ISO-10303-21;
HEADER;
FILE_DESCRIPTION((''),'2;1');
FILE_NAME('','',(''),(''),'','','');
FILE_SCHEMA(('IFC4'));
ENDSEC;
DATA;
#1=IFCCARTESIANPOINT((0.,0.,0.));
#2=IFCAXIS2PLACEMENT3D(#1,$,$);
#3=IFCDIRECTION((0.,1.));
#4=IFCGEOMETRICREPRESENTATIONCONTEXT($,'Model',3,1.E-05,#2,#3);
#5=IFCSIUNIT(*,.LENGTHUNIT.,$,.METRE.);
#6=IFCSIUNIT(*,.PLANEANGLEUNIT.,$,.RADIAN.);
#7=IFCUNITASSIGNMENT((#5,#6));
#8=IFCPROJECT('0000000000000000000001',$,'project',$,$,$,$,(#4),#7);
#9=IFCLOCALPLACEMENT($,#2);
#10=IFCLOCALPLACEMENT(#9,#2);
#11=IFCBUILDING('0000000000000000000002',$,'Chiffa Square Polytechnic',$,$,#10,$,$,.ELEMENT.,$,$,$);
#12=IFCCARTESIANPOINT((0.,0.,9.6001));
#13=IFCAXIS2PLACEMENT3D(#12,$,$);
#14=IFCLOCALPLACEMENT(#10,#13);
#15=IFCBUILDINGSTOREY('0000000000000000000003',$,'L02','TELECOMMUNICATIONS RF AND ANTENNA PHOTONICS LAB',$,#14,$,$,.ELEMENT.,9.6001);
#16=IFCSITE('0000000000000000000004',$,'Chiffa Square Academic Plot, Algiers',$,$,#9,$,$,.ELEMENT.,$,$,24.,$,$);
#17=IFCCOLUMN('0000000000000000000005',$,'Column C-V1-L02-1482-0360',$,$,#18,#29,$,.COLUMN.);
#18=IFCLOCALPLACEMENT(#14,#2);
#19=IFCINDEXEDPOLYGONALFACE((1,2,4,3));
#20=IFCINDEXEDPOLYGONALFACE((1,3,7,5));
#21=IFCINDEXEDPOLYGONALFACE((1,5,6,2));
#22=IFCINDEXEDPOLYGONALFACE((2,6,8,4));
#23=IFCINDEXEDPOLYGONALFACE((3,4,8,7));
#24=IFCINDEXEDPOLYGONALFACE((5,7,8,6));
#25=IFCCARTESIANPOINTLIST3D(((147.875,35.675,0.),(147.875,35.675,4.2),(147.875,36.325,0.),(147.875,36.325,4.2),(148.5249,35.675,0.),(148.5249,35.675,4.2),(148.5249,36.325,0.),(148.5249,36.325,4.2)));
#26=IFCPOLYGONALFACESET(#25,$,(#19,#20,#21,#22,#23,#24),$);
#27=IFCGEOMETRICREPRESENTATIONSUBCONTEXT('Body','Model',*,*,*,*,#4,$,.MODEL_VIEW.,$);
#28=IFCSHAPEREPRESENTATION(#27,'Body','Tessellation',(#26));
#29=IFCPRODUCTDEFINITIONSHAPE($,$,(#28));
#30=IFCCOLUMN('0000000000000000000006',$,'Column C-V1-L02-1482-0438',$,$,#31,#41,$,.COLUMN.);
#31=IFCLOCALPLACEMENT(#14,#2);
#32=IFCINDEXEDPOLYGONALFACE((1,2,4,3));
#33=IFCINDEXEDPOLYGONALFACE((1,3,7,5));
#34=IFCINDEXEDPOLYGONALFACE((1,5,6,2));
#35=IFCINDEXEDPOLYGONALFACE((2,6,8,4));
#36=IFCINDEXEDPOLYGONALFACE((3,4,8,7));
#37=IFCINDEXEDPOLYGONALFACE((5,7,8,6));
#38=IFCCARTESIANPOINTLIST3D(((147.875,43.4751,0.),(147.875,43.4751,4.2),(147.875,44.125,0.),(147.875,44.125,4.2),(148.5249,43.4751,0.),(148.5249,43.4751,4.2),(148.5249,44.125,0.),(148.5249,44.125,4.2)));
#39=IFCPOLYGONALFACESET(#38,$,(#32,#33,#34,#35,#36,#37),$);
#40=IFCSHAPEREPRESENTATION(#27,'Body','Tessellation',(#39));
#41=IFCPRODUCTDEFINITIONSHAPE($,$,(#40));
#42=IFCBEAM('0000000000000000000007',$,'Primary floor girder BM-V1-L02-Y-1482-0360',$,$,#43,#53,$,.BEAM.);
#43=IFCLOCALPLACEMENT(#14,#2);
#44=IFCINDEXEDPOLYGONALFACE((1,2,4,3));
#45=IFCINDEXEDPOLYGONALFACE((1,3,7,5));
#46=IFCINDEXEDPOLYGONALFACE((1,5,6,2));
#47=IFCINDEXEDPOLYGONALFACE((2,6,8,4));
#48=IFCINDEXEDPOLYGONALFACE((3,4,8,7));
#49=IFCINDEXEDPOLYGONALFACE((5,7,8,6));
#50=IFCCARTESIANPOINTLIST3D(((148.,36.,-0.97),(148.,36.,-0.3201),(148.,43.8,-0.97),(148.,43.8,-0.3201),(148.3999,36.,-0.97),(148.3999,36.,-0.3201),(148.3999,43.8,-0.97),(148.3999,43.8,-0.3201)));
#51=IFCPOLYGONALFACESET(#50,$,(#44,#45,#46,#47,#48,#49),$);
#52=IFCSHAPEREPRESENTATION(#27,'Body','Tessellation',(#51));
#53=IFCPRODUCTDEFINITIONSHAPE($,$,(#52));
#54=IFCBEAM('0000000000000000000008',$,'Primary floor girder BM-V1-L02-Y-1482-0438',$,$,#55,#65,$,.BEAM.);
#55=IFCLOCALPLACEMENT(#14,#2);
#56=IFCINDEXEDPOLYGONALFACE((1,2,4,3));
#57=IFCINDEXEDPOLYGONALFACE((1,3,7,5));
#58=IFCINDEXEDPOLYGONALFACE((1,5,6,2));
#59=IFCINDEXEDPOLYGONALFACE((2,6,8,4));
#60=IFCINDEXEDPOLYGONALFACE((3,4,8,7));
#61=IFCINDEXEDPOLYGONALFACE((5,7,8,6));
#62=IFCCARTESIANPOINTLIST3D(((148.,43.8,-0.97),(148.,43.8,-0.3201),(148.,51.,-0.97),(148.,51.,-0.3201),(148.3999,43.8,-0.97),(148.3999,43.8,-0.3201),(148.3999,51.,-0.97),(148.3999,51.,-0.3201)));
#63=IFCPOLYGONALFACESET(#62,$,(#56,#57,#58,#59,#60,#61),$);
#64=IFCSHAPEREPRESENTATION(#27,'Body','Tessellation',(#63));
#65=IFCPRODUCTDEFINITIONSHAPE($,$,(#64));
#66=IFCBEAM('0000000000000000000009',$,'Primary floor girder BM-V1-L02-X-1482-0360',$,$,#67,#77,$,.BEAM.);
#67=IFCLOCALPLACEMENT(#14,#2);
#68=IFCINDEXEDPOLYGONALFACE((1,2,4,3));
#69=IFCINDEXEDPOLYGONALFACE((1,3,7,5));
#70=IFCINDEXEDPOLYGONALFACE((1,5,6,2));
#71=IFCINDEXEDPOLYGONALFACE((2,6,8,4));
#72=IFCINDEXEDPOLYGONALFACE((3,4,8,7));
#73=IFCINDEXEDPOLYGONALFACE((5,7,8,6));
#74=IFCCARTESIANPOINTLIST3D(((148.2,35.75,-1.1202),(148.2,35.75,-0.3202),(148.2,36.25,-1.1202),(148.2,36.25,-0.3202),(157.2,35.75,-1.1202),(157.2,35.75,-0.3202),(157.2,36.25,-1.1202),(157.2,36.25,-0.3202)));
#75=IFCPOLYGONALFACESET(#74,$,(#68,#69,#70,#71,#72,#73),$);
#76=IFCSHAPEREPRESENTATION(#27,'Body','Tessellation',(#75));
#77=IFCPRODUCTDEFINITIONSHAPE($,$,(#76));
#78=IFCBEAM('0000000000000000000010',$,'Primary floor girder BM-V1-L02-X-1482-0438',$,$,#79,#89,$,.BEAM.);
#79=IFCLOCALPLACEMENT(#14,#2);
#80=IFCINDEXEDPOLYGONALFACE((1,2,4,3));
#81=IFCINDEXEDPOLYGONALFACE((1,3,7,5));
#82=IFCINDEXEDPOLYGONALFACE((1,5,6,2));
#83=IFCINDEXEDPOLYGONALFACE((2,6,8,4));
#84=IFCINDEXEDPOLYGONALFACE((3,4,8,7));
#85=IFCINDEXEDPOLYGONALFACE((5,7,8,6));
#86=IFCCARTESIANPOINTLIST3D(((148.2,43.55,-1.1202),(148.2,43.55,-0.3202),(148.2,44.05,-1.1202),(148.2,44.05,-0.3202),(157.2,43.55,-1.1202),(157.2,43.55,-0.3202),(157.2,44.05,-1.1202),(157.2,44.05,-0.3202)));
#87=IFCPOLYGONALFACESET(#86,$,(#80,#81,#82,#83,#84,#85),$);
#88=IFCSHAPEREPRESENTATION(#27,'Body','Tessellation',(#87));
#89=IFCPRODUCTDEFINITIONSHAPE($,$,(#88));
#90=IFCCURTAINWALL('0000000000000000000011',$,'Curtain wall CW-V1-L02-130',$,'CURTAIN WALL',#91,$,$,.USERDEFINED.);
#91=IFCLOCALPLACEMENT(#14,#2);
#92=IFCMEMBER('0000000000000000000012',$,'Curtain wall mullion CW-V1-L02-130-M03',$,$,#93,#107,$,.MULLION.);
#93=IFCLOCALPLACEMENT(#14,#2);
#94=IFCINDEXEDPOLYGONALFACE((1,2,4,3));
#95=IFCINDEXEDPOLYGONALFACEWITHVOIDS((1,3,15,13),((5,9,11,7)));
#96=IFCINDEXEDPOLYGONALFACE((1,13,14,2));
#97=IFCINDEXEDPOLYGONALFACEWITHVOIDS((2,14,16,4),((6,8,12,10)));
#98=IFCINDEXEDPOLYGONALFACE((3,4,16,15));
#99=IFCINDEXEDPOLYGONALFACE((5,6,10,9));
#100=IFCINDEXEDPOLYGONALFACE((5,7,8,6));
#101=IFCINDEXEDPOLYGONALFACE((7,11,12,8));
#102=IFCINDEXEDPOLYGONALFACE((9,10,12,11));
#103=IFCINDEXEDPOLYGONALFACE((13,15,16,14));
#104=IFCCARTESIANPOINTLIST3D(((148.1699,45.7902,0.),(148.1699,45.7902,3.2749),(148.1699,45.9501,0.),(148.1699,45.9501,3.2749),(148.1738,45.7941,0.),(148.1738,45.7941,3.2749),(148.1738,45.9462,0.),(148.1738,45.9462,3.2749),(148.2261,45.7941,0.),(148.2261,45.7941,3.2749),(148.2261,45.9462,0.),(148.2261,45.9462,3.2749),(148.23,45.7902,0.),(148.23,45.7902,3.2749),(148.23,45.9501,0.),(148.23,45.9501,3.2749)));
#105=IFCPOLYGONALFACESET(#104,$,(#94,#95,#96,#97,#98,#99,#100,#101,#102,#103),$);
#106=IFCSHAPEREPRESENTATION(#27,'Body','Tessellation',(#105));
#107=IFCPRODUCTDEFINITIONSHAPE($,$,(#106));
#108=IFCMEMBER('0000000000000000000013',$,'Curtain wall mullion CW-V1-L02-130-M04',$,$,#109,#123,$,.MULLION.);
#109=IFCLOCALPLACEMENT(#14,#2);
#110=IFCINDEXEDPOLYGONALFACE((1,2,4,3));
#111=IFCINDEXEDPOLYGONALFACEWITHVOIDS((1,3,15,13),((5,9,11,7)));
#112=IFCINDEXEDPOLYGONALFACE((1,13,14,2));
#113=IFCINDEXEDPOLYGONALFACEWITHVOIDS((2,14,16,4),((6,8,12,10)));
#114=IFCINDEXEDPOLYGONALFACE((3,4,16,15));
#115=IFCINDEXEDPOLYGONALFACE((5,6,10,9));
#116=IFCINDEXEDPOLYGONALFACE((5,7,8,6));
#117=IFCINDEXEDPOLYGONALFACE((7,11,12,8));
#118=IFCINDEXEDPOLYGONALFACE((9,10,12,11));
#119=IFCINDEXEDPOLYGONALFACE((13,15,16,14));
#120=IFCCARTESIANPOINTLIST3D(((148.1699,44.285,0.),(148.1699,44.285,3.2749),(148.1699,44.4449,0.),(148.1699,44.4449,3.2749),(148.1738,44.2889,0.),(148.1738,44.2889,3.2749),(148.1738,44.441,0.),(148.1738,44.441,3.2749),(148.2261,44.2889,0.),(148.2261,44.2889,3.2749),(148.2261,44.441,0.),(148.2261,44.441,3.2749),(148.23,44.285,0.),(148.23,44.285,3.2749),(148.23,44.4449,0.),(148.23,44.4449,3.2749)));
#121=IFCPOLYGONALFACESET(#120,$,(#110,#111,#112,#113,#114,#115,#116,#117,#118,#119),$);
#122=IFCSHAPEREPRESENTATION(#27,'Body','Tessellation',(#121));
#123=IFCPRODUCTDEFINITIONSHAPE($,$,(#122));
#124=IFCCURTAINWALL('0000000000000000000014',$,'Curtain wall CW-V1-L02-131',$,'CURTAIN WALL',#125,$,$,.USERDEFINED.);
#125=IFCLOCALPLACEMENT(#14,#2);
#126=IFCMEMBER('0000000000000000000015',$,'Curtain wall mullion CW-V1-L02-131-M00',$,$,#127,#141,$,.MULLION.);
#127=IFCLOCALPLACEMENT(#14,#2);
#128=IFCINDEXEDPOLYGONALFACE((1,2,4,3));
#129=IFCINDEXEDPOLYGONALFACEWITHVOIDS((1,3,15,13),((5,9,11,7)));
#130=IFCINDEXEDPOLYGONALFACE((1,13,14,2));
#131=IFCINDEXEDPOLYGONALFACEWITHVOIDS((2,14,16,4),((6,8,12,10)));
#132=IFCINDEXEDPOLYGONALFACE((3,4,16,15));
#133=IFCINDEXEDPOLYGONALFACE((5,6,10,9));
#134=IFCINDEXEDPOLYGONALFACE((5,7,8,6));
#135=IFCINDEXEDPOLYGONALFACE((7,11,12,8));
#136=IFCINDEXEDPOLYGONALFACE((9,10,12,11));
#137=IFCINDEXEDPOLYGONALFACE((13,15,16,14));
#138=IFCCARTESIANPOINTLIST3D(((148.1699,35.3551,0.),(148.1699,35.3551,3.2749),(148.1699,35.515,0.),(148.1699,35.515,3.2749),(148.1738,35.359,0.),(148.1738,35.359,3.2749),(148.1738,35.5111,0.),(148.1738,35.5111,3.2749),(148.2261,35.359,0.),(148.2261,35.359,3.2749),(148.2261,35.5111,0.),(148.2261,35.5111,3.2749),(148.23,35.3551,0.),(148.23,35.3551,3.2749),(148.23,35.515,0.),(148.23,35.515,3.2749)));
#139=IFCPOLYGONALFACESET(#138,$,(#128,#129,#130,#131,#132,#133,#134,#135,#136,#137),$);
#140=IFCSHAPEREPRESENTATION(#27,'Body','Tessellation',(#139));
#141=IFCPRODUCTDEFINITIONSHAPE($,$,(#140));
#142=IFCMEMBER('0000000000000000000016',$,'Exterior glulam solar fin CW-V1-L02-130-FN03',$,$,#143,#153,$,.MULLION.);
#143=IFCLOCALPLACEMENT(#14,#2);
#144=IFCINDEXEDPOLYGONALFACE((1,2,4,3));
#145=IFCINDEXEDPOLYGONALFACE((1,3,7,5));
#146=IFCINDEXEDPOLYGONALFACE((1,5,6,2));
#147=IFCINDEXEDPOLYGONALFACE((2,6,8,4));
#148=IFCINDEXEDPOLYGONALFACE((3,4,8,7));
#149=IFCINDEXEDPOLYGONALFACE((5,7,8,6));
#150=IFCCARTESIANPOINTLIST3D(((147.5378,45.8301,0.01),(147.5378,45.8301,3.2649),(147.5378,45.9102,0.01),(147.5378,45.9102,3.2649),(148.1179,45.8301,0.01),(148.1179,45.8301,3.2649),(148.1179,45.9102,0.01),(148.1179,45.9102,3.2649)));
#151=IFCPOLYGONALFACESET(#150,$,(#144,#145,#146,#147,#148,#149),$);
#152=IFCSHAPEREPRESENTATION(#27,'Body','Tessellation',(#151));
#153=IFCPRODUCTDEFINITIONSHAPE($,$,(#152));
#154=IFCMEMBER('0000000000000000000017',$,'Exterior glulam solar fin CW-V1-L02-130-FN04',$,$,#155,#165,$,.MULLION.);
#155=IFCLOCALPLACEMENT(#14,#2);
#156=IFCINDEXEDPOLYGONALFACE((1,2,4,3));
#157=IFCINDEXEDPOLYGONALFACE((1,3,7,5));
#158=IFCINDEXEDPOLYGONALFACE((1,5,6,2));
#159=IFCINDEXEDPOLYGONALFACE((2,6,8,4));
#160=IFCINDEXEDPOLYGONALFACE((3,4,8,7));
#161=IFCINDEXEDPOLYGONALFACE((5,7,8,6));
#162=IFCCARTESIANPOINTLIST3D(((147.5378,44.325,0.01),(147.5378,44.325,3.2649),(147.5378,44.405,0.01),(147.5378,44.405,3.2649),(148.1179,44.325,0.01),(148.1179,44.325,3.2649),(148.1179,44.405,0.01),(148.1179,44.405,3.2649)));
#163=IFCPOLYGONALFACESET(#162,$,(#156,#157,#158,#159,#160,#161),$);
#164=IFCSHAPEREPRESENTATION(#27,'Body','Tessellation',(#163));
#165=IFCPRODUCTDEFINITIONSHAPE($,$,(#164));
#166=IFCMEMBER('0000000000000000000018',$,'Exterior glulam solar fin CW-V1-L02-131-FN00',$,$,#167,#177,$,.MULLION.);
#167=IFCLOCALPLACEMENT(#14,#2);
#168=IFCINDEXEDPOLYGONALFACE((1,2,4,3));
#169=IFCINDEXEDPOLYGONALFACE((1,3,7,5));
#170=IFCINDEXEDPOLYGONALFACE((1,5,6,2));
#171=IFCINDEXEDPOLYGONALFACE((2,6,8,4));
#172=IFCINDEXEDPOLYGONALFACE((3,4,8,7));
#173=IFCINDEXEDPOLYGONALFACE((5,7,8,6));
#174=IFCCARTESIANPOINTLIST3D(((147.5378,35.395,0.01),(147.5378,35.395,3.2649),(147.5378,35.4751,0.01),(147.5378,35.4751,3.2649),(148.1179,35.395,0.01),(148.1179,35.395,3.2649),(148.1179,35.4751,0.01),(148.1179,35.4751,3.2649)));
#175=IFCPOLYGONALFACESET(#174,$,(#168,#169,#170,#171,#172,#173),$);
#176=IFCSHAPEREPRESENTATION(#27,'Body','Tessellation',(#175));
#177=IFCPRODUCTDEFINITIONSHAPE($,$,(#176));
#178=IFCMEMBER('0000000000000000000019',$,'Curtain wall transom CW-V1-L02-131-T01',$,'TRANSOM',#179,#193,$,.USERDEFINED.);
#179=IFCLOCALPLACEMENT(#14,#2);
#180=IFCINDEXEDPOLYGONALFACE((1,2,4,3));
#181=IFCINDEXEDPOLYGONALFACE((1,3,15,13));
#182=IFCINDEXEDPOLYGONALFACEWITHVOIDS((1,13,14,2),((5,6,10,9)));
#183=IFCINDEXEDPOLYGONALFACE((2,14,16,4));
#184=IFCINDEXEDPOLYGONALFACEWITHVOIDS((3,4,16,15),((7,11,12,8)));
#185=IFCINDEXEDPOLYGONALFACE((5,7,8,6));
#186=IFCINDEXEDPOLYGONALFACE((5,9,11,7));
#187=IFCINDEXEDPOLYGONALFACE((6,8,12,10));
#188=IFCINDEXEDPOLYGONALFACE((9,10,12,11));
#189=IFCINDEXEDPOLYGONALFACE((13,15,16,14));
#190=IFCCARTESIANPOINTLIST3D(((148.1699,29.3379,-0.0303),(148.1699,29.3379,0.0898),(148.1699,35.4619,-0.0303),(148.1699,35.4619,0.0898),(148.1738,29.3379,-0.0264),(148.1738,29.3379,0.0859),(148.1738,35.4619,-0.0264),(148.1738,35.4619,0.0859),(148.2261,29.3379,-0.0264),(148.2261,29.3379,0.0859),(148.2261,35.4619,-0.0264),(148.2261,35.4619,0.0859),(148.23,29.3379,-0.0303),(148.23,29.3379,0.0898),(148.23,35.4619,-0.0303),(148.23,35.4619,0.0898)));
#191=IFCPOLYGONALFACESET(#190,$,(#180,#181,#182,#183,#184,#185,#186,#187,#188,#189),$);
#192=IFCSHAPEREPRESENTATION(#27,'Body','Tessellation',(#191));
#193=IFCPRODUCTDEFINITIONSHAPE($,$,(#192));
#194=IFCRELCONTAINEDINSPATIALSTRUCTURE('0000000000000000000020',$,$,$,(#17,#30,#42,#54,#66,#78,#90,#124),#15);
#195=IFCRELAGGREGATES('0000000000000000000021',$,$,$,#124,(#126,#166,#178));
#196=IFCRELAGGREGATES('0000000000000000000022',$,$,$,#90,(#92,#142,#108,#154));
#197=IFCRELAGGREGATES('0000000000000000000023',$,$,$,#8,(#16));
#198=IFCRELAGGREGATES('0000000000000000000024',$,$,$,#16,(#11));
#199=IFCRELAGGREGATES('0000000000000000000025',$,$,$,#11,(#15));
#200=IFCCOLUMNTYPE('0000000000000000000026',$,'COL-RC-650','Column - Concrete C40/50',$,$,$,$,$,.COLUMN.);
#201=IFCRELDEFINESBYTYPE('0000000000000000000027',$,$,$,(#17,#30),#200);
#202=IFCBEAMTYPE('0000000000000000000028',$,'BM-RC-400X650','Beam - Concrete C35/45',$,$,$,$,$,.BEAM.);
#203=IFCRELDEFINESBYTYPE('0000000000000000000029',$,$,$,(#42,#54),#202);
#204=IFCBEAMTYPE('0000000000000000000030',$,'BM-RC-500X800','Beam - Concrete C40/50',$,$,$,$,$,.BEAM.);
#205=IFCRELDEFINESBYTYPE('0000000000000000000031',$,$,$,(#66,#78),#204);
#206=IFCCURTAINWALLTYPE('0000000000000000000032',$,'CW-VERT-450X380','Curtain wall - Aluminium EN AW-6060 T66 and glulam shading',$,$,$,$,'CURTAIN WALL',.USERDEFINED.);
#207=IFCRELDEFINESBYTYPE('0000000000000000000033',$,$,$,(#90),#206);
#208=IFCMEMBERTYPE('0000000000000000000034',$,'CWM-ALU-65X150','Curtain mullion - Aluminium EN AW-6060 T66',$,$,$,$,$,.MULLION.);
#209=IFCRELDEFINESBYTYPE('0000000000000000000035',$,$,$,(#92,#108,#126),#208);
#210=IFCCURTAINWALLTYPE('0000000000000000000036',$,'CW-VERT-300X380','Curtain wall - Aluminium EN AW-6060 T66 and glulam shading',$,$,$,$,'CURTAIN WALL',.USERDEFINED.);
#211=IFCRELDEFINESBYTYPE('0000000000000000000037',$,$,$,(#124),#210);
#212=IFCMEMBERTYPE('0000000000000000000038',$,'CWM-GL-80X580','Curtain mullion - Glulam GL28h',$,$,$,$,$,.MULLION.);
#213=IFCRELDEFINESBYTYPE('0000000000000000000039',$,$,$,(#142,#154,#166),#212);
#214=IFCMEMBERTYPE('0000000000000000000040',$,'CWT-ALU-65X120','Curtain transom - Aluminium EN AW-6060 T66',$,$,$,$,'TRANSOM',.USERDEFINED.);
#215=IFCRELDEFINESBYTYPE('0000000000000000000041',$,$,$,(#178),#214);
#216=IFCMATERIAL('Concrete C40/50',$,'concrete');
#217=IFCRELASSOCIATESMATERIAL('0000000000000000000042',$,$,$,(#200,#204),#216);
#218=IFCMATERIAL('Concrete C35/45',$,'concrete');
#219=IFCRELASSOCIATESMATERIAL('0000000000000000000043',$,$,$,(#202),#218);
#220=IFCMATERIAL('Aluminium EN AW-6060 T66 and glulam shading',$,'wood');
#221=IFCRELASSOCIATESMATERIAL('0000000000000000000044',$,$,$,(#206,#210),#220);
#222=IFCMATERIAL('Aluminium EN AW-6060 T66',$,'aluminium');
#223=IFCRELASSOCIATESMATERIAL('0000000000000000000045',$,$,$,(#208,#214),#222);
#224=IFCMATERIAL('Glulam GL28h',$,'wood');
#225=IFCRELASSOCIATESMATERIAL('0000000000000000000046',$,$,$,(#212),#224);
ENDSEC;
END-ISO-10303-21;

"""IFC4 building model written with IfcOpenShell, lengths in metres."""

from ifc_helpers import new_model, si_unit, direction, frame, origin, origin_2d, place, context, subcontext, project, spatial, rectangle, hollow_rectangle, extrude, material, material_profile, profile_set, type_object, element, aggregate, save


model = new_model("IFC4")

# Units and contexts
model_context = context("Model", 3, precision=1e-05, world=origin(), true_north=direction((0.0, 1.0)))
body_context = subcontext(model_context, "Body", "Model", "MODEL_VIEW")
ifc_project = project(units=[si_unit("LENGTHUNIT", "METRE"), si_unit("PLANEANGLEUNIT", "RADIAN")], contexts=[model_context])

# Site, building, storey
site_placement = place(None, origin())
site = spatial("IfcSite", under=ifc_project, at=site_placement, Name="Chiffa Square Academic Plot, Algiers", CompositionType="ELEMENT", RefElevation=24.0)
building_placement = place(site_placement, origin())
building = spatial("IfcBuilding", under=site, at=building_placement, Name="Chiffa Square Polytechnic", CompositionType="ELEMENT")
storey_placement = place(building_placement, frame((0.0, 0.0, 9.6001)))
storey = spatial("IfcBuildingStorey", under=building, at=storey_placement, Name="L02", Description="TELECOMMUNICATIONS RF AND ANTENNA PHOTONICS LAB", CompositionType="ELEMENT", Elevation=9.6001)

# Columns
ifc_material_1 = material(Name="Concrete C40/50", Category="concrete")
ifc_material_profile_1 = material_profile(ifc_material_1, rectangle(XDim=0.6499, YDim=0.6499, at=origin_2d()), Name="RC 650x650")
ifc_profile_set_1 = profile_set([ifc_material_profile_1], Name="Concrete C40/50")
column_type = type_object("IfcColumnType", Name="COL-RC-650", Description="Column - Concrete C40/50", PredefinedType="COLUMN", material=ifc_profile_set_1)
for number, where, z_axis, x_axis, name in (
    (1, (148.2, 36.0, 0.0), (0.0, 0.0, 1.0), (1.0, 0.0, 0.0), "Column C-V1-L02-1482-0360"),
    (2, (148.2, 43.8, 0.0), (0.0, 0.0, 1.0), (1.0, 0.0, 0.0), "Column C-V1-L02-1482-0438"),
):
    element("IfcColumn", number, at=place(storey_placement, frame(where, z_axis=z_axis, x_axis=x_axis)), inside=storey, type_object=column_type, Name=name, PredefinedType="COLUMN", context=body_context, shape_type="SweptSolid", body=[
        extrude(rectangle(XDim=0.6499, YDim=0.6499, at=origin_2d()), origin(), (0.0, 0.0, 1.0), 4.2),
    ])

# Beams
ifc_material_2 = material(Name="Concrete C35/45", Category="concrete")
ifc_material_profile_2 = material_profile(ifc_material_2, rectangle(XDim=0.3999, YDim=0.6499, at=origin_2d()), Name="RC 400x650")
ifc_profile_set_2 = profile_set([ifc_material_profile_2], Name="Concrete C35/45")
beam_type_1 = type_object("IfcBeamType", Name="BM-RC-400X650", Description="Beam - Concrete C35/45", PredefinedType="BEAM", material=ifc_profile_set_2)
beam_1_placement = place(storey_placement, frame((148.2, 36.0, -0.645), z_axis=(0.0, 1.0, 0.0), x_axis=(-1.0, 0.0, 0.0)))
element("IfcBeam", 3, at=beam_1_placement, inside=storey, type_object=beam_type_1, Name="Primary floor girder BM-V1-L02-Y-1482-0360", PredefinedType="BEAM", context=body_context, shape_type="SweptSolid", body=[
    extrude(rectangle(XDim=0.3999, YDim=0.6499, at=origin_2d()), origin(), (0.0, 0.0, 1.0), 7.8),
])
beam_2_placement = place(storey_placement, frame((148.2, 43.8, -0.645), z_axis=(0.0, 1.0, 0.0), x_axis=(-1.0, 0.0, 0.0)))
element("IfcBeam", 4, at=beam_2_placement, inside=storey, type_object=beam_type_1, Name="Primary floor girder BM-V1-L02-Y-1482-0438", PredefinedType="BEAM", context=body_context, shape_type="SweptSolid", body=[
    extrude(rectangle(XDim=0.3999, YDim=0.6499, at=origin_2d()), origin(), (0.0, 0.0, 1.0), 7.2),
])
ifc_material_profile_3 = material_profile(ifc_material_1, rectangle(XDim=0.5, YDim=0.8, at=origin_2d()), Name="RC 500x800")
ifc_profile_set_3 = profile_set([ifc_material_profile_3], Name="Concrete C40/50")
beam_type_2 = type_object("IfcBeamType", Name="BM-RC-500X800", Description="Beam - Concrete C40/50", PredefinedType="BEAM", material=ifc_profile_set_3)
for number, where, z_axis, x_axis, name in (
    (5, (148.2, 36.0, -0.7202), (1.0, 0.0, 0.0), (0.0, 1.0, 0.0), "Primary floor girder BM-V1-L02-X-1482-0360"),
    (6, (148.2, 43.8, -0.7202), (1.0, 0.0, 0.0), (0.0, 1.0, 0.0), "Primary floor girder BM-V1-L02-X-1482-0438"),
):
    element("IfcBeam", number, at=place(storey_placement, frame(where, z_axis=z_axis, x_axis=x_axis)), inside=storey, type_object=beam_type_2, Name=name, PredefinedType="BEAM", context=body_context, shape_type="SweptSolid", body=[
        extrude(rectangle(XDim=0.5, YDim=0.8, at=origin_2d()), origin(), (0.0, 0.0, 1.0), 9.0),
    ])

# Curtain wall, members
ifc_material_3 = material(Name="Aluminium EN AW-6060 T66 and glulam shading", Category="wood")
curtain_wall_type_1 = type_object("IfcCurtainWallType", Name="CW-VERT-450X380", Description="Curtain wall - Aluminium EN AW-6060 T66 and glulam shading", ElementType="CURTAIN WALL", PredefinedType="USERDEFINED", material=ifc_material_3)
curtain_wall_1_placement = place(storey_placement, origin())
curtain_wall_1 = element("IfcCurtainWall", 7, at=curtain_wall_1_placement, inside=storey, type_object=curtain_wall_type_1, Name="Curtain wall CW-V1-L02-130", ObjectType="CURTAIN WALL", PredefinedType="USERDEFINED")
ifc_material_4 = material(Name="Aluminium EN AW-6060 T66", Category="aluminium")
ifc_material_profile_4 = material_profile(ifc_material_4, hollow_rectangle(XDim=0.0601, YDim=0.1599, WallThickness=0.0039, at=origin_2d()), Name="ALU 60x160x4")
ifc_profile_set_4 = profile_set([ifc_material_profile_4], Name="Aluminium EN AW-6060 T66")
member_type_1 = type_object("IfcMemberType", Name="CWM-ALU-65X150", Description="Curtain mullion - Aluminium EN AW-6060 T66", PredefinedType="MULLION", material=ifc_profile_set_4)
member_1_placement = place(storey_placement, frame((148.2, 45.8701, 0.0), z_axis=(0.0, 0.0, 1.0), x_axis=(1.0, 0.0, 0.0)))
member_1 = element("IfcMember", 8, at=member_1_placement, type_object=member_type_1, Name="Curtain wall mullion CW-V1-L02-130-M03", PredefinedType="MULLION", context=body_context, shape_type="SweptSolid", body=[
    extrude(hollow_rectangle(XDim=0.0601, YDim=0.1599, WallThickness=0.0039, at=origin_2d()), origin(), (0.0, 0.0, 1.0), 3.2749),
])
member_2_placement = place(storey_placement, frame((148.2, 44.365, 0.0), z_axis=(0.0, 0.0, 1.0), x_axis=(1.0, 0.0, 0.0)))
member_2 = element("IfcMember", 9, at=member_2_placement, type_object=member_type_1, Name="Curtain wall mullion CW-V1-L02-130-M04", PredefinedType="MULLION", context=body_context, shape_type="SweptSolid", body=[
    extrude(hollow_rectangle(XDim=0.0601, YDim=0.1599, WallThickness=0.0039, at=origin_2d()), origin(), (0.0, 0.0, 1.0), 3.2749),
])

# Curtain wall, member
curtain_wall_type_2 = type_object("IfcCurtainWallType", Name="CW-VERT-300X380", Description="Curtain wall - Aluminium EN AW-6060 T66 and glulam shading", ElementType="CURTAIN WALL", PredefinedType="USERDEFINED", material=ifc_material_3)
curtain_wall_2_placement = place(storey_placement, origin())
curtain_wall_2 = element("IfcCurtainWall", 10, at=curtain_wall_2_placement, inside=storey, type_object=curtain_wall_type_2, Name="Curtain wall CW-V1-L02-131", ObjectType="CURTAIN WALL", PredefinedType="USERDEFINED")
member_3_placement = place(storey_placement, frame((148.2, 35.4351, 0.0), z_axis=(0.0, 0.0, 1.0), x_axis=(1.0, 0.0, 0.0)))
member_3 = element("IfcMember", 11, at=member_3_placement, type_object=member_type_1, Name="Curtain wall mullion CW-V1-L02-131-M00", PredefinedType="MULLION", context=body_context, shape_type="SweptSolid", body=[
    extrude(hollow_rectangle(XDim=0.0601, YDim=0.1599, WallThickness=0.0039, at=origin_2d()), origin(), (0.0, 0.0, 1.0), 3.2749),
])

# Members
ifc_material_5 = material(Name="Glulam GL28h", Category="wood")
ifc_material_profile_5 = material_profile(ifc_material_5, rectangle(XDim=0.0801, YDim=0.5801, at=origin_2d()), Name="GL28h 80x580")
ifc_profile_set_5 = profile_set([ifc_material_profile_5], Name="Glulam GL28h")
member_type_2 = type_object("IfcMemberType", Name="CWM-GL-80X580", Description="Curtain mullion - Glulam GL28h", PredefinedType="MULLION", material=ifc_profile_set_5)
member_4_placement = place(storey_placement, frame((147.8279, 45.8701, 0.01), z_axis=(0.0, 0.0, 1.0), x_axis=(0.0, -1.0, 0.0)))
member_4 = element("IfcMember", 12, at=member_4_placement, type_object=member_type_2, Name="Exterior glulam solar fin CW-V1-L02-130-FN03", PredefinedType="MULLION", context=body_context, shape_type="SweptSolid", body=[
    extrude(rectangle(XDim=0.0801, YDim=0.5801, at=origin_2d()), origin(), (0.0, 0.0, 1.0), 3.2549),
])
member_5_placement = place(storey_placement, frame((147.8279, 44.365, 0.01), z_axis=(0.0, 0.0, 1.0), x_axis=(0.0, -1.0, 0.0)))
member_5 = element("IfcMember", 13, at=member_5_placement, type_object=member_type_2, Name="Exterior glulam solar fin CW-V1-L02-130-FN04", PredefinedType="MULLION", context=body_context, shape_type="SweptSolid", body=[
    extrude(rectangle(XDim=0.0801, YDim=0.5801, at=origin_2d()), origin(), (0.0, 0.0, 1.0), 3.2549),
])
member_6_placement = place(storey_placement, frame((147.8279, 35.4351, 0.01), z_axis=(0.0, 0.0, 1.0), x_axis=(0.0, -1.0, 0.0)))
member_6 = element("IfcMember", 14, at=member_6_placement, type_object=member_type_2, Name="Exterior glulam solar fin CW-V1-L02-131-FN00", PredefinedType="MULLION", context=body_context, shape_type="SweptSolid", body=[
    extrude(rectangle(XDim=0.0801, YDim=0.5801, at=origin_2d()), origin(), (0.0, 0.0, 1.0), 3.2549),
])
ifc_material_profile_6 = material_profile(ifc_material_4, hollow_rectangle(XDim=0.0601, YDim=0.1201, WallThickness=0.0039, at=origin_2d()), Name="ALU 60x120x4")
ifc_profile_set_6 = profile_set([ifc_material_profile_6], Name="Aluminium EN AW-6060 T66")
member_type_3 = type_object("IfcMemberType", Name="CWT-ALU-65X120", Description="Curtain transom - Aluminium EN AW-6060 T66", ElementType="TRANSOM", PredefinedType="USERDEFINED", material=ifc_profile_set_6)
member_7_placement = place(storey_placement, frame((148.2, 35.4619, 0.0298), z_axis=(0.0, -1.0, 0.0), x_axis=(1.0, 0.0, 0.0)))
member_7 = element("IfcMember", 15, at=member_7_placement, type_object=member_type_3, Name="Curtain wall transom CW-V1-L02-131-T01", ObjectType="TRANSOM", PredefinedType="USERDEFINED", context=body_context, shape_type="SweptSolid", body=[
    extrude(hollow_rectangle(XDim=0.0601, YDim=0.1201, WallThickness=0.0039, at=origin_2d()), origin(), (0.0, 0.0, 1.0), 6.124),
])
aggregate(curtain_wall_2, [member_3, member_6, member_7])

aggregate(curtain_wall_1, [member_1, member_4, member_2, member_5])

save(model, "model.ifc")
